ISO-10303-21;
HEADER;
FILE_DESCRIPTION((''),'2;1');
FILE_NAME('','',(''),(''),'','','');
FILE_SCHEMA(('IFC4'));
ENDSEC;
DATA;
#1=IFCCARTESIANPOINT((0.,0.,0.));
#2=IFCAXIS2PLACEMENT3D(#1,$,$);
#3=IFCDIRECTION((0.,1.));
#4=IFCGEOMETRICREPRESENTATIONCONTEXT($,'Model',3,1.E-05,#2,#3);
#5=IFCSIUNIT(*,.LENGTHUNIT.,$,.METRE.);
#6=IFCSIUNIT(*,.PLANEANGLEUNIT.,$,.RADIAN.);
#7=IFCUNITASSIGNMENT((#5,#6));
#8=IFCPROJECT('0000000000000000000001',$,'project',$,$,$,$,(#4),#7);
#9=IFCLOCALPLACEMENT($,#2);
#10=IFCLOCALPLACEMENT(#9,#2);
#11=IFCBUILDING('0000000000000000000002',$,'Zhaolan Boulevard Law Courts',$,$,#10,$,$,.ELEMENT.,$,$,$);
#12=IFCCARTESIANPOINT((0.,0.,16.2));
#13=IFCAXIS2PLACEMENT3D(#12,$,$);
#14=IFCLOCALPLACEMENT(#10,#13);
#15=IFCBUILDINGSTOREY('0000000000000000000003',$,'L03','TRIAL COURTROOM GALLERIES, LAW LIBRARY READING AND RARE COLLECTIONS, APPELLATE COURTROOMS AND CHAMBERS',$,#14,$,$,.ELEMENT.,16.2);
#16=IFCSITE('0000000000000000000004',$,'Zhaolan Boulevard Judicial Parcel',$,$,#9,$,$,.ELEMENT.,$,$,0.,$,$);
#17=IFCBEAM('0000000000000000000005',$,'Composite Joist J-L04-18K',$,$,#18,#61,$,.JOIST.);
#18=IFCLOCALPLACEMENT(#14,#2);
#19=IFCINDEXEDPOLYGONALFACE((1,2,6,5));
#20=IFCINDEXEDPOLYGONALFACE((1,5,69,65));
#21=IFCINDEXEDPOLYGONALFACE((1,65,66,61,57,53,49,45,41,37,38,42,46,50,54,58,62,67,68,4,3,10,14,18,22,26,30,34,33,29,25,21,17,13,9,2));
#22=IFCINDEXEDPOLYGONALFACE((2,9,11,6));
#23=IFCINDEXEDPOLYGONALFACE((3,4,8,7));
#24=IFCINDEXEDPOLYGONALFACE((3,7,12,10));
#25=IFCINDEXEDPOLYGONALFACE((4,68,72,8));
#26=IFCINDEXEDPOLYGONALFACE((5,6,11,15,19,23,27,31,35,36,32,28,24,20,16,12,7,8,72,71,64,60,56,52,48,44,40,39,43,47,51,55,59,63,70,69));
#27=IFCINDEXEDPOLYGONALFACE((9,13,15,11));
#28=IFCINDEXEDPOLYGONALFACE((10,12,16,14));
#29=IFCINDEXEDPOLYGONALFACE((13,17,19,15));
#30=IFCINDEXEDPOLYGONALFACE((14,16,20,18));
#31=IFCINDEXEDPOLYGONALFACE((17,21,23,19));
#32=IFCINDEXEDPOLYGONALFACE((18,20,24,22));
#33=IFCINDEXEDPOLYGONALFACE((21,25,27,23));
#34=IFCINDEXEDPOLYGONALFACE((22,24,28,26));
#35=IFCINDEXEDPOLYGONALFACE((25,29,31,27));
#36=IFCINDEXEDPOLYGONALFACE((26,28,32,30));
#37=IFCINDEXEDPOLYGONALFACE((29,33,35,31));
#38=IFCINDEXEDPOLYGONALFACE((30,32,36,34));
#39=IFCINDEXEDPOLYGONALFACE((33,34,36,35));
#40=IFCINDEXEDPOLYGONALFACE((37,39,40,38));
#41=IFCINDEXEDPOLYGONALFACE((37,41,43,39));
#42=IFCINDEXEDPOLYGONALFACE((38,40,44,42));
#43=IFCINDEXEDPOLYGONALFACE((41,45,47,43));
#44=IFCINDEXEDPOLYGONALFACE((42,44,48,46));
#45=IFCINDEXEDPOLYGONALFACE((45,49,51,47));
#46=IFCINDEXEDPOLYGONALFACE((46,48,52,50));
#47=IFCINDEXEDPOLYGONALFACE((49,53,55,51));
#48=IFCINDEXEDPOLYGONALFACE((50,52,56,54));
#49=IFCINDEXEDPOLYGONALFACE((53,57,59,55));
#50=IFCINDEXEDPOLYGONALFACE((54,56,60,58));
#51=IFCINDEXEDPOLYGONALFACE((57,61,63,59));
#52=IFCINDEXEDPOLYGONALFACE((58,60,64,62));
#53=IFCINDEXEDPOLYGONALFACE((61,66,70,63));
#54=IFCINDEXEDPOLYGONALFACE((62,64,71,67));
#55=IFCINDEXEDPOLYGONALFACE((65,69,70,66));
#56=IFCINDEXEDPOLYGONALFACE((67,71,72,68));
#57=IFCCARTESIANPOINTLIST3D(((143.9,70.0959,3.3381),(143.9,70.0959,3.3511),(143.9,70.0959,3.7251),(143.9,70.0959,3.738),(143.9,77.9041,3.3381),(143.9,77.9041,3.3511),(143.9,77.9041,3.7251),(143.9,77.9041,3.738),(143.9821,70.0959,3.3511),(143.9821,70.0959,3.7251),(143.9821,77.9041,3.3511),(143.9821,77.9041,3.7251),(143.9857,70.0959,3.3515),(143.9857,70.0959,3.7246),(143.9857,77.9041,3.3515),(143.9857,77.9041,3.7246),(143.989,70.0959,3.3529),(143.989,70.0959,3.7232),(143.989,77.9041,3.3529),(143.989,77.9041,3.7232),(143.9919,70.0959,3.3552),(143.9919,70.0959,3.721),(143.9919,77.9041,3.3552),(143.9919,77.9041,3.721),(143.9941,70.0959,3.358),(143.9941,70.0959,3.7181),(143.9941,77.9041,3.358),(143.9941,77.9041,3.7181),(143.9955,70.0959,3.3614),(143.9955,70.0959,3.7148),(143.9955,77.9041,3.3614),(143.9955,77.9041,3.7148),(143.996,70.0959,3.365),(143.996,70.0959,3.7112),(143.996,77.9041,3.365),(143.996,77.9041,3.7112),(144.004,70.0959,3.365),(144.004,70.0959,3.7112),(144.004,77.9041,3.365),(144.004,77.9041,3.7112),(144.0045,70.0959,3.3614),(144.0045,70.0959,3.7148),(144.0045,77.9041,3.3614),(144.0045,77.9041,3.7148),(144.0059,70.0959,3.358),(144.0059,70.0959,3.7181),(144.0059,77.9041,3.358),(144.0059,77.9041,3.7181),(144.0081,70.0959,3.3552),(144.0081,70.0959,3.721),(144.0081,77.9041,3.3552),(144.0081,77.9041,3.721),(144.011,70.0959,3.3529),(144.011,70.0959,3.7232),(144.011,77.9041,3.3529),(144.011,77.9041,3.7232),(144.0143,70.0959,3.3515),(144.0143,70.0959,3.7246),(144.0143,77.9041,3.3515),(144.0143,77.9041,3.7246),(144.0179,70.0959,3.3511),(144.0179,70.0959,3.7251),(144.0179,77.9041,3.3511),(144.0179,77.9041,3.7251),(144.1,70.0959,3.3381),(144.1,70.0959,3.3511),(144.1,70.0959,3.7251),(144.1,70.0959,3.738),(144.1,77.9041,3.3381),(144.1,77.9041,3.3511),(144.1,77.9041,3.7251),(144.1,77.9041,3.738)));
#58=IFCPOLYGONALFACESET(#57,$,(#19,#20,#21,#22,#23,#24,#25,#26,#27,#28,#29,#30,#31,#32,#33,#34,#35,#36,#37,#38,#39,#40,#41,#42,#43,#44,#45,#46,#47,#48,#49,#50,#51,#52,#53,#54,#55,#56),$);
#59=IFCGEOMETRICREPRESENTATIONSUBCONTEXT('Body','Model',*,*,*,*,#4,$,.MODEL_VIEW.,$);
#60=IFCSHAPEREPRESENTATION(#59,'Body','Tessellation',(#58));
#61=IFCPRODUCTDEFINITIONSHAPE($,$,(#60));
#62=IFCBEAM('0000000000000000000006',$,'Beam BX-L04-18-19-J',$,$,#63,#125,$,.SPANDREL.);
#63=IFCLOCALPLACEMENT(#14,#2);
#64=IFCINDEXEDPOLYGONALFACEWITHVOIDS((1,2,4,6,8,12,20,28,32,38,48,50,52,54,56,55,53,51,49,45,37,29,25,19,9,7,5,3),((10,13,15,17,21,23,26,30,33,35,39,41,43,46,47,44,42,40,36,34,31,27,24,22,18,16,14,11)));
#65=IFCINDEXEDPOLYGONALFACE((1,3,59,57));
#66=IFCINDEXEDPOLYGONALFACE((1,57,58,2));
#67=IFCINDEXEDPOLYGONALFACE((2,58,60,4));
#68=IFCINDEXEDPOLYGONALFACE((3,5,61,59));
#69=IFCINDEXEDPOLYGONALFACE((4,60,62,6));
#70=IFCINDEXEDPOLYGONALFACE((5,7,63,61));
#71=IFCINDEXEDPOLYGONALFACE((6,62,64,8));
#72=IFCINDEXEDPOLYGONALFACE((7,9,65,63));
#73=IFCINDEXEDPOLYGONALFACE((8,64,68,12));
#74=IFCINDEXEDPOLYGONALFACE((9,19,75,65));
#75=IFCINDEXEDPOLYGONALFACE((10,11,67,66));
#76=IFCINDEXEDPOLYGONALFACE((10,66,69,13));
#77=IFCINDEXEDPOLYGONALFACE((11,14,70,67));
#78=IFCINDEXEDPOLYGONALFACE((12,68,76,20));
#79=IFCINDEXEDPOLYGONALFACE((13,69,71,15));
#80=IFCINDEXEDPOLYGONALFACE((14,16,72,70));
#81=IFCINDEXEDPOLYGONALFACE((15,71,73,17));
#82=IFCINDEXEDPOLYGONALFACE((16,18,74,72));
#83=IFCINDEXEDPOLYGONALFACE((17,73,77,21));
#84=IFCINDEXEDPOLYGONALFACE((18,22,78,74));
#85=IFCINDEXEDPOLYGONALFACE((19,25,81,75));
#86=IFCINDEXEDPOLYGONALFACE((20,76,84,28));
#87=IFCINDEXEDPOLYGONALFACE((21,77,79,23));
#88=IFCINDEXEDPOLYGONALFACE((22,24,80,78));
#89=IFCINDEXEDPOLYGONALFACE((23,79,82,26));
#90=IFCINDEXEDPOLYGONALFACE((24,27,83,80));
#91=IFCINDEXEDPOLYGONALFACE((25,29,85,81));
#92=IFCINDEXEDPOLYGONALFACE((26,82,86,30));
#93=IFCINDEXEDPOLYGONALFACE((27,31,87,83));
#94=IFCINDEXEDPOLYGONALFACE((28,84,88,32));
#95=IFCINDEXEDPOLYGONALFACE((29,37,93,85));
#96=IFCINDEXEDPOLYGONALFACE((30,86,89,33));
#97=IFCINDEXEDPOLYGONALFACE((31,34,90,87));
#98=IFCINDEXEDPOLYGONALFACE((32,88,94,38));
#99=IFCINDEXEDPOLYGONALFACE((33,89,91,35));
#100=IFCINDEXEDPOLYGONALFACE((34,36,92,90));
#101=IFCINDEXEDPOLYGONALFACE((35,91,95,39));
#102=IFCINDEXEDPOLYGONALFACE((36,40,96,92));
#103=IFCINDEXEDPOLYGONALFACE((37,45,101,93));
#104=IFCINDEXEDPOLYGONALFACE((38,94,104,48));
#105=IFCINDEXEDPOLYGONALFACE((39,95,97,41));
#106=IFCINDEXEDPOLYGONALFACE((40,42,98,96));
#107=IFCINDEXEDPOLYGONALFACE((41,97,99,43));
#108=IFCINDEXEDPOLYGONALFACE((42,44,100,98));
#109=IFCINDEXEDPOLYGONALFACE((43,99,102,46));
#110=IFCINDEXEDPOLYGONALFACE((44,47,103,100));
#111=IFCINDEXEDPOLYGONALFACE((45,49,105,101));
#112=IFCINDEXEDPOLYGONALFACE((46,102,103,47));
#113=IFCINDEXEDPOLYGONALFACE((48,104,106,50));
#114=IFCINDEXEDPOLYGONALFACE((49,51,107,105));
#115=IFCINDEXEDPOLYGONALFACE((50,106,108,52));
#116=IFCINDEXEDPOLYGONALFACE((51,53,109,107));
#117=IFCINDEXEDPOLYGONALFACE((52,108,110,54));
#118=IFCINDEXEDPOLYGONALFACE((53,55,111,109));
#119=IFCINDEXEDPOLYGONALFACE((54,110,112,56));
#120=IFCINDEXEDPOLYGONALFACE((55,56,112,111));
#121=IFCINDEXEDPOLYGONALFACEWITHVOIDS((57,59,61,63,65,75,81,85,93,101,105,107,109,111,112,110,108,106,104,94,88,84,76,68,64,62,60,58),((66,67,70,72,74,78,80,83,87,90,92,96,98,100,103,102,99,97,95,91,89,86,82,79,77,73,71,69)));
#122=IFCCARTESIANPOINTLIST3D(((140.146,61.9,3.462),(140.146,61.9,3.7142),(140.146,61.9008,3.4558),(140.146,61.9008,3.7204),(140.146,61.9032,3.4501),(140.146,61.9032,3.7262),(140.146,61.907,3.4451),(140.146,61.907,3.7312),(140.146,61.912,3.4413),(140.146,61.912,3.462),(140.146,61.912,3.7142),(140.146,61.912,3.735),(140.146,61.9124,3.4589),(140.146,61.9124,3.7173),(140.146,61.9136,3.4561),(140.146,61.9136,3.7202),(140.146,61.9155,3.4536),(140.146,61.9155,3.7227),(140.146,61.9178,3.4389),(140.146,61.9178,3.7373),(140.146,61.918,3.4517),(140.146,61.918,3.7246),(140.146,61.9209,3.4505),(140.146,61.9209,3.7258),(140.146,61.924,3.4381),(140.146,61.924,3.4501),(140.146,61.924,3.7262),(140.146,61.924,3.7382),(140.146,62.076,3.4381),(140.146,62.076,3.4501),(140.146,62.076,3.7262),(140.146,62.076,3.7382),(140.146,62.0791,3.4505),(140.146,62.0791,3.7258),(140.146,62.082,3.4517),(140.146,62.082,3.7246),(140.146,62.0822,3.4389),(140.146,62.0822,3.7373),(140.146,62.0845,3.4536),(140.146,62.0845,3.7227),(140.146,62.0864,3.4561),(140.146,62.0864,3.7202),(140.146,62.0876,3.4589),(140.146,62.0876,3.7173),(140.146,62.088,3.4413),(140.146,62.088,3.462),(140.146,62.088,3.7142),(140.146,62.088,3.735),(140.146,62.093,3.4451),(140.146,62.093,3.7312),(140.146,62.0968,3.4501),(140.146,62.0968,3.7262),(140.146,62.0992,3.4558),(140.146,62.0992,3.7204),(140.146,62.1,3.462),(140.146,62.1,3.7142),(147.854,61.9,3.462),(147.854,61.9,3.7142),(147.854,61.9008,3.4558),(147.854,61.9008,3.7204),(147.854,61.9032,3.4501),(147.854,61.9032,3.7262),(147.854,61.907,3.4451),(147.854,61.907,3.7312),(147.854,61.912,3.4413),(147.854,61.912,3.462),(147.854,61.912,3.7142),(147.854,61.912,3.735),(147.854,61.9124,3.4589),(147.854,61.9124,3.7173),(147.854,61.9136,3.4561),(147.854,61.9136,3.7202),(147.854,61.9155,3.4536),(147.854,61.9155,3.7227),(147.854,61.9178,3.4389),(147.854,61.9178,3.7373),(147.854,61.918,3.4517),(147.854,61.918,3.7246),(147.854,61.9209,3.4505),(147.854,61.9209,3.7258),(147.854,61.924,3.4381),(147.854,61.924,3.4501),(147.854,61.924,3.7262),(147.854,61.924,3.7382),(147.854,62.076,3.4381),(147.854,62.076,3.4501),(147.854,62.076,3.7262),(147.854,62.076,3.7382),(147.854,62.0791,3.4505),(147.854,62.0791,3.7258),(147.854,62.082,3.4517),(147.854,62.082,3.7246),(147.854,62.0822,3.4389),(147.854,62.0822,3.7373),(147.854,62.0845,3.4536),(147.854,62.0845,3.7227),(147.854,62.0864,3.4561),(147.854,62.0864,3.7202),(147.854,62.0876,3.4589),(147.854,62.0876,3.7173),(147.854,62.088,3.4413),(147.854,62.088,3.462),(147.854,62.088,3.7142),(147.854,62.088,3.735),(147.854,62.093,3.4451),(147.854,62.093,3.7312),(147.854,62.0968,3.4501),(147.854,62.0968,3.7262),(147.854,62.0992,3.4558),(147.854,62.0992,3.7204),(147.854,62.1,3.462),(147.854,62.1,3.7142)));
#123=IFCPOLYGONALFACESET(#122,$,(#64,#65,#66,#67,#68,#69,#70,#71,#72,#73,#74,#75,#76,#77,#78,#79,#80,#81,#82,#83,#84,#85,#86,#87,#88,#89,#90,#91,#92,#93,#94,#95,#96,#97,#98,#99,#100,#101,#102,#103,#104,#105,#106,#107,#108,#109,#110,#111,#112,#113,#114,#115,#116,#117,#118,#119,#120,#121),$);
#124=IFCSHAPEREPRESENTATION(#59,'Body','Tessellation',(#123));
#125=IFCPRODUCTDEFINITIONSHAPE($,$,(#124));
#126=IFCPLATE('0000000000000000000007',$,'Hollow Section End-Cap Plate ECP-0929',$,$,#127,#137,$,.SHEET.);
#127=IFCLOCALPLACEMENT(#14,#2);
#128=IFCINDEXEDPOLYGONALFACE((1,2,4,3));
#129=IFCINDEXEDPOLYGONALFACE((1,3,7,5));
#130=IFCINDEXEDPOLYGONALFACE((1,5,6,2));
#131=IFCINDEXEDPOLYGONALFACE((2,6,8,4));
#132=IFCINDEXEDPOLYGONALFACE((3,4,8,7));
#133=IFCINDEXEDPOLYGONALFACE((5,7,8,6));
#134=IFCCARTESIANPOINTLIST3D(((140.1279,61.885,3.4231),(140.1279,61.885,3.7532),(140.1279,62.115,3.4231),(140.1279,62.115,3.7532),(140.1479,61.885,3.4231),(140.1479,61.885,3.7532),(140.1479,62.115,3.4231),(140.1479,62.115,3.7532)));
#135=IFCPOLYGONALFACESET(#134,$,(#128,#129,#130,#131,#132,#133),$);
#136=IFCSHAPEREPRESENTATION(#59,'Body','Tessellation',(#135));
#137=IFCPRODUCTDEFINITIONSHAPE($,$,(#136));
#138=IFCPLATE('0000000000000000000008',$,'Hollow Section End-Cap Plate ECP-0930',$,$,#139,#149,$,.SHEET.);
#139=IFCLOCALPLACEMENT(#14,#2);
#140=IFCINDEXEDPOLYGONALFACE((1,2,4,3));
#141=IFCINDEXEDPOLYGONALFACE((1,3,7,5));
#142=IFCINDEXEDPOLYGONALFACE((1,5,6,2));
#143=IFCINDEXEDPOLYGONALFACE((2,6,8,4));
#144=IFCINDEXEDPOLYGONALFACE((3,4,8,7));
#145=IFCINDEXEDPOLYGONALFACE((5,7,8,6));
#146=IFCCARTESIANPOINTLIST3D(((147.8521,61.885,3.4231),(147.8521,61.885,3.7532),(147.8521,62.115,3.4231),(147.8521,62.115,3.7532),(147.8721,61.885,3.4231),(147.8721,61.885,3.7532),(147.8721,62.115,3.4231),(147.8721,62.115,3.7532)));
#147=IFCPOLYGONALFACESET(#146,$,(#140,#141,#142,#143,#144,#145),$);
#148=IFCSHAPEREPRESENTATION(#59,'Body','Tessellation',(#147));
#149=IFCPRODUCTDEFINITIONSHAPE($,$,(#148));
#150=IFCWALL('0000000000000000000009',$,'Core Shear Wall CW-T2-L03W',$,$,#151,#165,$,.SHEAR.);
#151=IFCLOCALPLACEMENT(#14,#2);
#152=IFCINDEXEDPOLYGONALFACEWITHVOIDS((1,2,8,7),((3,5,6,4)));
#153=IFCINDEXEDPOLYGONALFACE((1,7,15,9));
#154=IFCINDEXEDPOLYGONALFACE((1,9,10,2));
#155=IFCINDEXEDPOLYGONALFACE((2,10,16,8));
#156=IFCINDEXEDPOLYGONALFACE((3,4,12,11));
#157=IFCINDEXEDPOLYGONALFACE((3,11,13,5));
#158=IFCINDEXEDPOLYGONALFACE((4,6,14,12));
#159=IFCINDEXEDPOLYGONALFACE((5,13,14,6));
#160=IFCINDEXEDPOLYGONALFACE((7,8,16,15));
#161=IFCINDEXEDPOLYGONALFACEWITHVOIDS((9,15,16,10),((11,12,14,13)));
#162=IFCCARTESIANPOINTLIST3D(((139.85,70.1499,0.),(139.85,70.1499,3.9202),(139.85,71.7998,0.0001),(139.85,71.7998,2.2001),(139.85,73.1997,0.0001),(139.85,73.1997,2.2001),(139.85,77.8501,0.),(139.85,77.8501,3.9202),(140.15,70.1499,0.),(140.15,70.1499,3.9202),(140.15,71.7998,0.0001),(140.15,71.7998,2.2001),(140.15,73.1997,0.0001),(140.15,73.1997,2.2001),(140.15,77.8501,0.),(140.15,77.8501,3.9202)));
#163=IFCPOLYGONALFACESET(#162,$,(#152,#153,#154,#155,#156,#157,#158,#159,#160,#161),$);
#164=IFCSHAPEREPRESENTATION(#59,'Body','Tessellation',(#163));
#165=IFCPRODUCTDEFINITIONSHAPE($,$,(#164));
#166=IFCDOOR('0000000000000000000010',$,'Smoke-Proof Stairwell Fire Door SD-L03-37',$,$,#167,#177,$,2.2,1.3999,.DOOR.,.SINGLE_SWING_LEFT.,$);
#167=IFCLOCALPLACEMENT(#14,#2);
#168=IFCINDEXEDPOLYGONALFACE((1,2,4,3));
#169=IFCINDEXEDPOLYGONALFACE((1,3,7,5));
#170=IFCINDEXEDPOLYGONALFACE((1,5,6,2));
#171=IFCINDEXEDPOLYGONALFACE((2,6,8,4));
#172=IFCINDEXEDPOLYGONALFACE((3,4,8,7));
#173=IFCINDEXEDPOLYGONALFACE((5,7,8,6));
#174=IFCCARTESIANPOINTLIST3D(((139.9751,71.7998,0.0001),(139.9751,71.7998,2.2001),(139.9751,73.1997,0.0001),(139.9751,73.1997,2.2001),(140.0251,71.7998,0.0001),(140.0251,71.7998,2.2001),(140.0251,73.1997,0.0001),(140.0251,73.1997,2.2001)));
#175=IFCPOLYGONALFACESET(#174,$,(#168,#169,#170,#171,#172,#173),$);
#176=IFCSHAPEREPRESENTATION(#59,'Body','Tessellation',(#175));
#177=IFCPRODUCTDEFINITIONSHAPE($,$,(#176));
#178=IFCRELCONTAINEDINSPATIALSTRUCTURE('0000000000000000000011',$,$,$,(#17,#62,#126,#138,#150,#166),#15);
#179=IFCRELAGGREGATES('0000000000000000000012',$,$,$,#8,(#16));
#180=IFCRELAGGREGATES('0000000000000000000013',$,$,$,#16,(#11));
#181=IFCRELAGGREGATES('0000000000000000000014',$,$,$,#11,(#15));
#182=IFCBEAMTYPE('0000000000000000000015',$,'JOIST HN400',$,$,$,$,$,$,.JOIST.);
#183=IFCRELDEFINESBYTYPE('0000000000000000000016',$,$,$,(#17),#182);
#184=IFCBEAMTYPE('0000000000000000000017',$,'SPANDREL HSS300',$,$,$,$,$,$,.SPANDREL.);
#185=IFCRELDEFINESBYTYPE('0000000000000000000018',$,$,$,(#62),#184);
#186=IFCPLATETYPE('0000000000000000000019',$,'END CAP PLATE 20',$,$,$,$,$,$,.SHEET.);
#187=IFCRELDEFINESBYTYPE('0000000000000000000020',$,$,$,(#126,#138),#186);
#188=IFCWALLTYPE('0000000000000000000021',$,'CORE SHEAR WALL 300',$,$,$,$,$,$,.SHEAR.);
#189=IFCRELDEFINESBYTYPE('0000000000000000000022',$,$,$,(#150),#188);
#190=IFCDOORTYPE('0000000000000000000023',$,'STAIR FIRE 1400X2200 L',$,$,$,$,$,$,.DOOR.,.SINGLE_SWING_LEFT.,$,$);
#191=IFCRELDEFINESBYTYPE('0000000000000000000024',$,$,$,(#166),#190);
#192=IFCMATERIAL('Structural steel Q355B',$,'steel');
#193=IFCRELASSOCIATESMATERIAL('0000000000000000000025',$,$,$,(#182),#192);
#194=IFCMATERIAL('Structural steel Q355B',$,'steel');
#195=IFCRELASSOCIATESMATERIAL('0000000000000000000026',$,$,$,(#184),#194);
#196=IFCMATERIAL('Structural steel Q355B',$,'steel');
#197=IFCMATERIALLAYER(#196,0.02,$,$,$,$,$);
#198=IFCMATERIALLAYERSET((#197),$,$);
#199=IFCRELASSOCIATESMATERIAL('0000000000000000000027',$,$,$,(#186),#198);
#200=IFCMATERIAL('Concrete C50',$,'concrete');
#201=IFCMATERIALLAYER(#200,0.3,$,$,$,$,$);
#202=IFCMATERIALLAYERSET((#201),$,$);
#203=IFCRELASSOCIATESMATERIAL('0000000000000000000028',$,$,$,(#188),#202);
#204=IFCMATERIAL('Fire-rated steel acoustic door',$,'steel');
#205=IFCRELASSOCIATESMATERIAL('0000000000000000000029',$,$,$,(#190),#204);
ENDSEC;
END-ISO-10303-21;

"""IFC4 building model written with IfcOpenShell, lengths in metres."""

from ifc_helpers import new_model, si_unit, direction, frame, frame_2d, origin, origin_2d, place, context, subcontext, project, spatial, rectangle, hollow_rectangle, i_section, extrude, material, layer, layer_set, material_profile, profile_set, type_object, element, fill, save


model = new_model("IFC4")

# Units and contexts
model_context = context("Model", 3, precision=1e-05, world=origin(), true_north=direction((0.0, 1.0)))
body_context = subcontext(model_context, "Body", "Model", "MODEL_VIEW")
ifc_project = project(units=[si_unit("LENGTHUNIT", "METRE"), si_unit("PLANEANGLEUNIT", "RADIAN")], contexts=[model_context])

# Site, building, storey
site_placement = place(None, origin())
site = spatial("IfcSite", under=ifc_project, at=site_placement, Name="Zhaolan Boulevard Judicial Parcel", CompositionType="ELEMENT", RefElevation=0.0)
building_placement = place(site_placement, origin())
building = spatial("IfcBuilding", under=site, at=building_placement, Name="Zhaolan Boulevard Law Courts", CompositionType="ELEMENT")
storey_placement = place(building_placement, frame((0.0, 0.0, 16.2)))
storey = spatial("IfcBuildingStorey", under=building, at=storey_placement, Name="L03", Description="TRIAL COURTROOM GALLERIES, LAW LIBRARY READING AND RARE COLLECTIONS, APPELLATE COURTROOMS AND CHAMBERS", CompositionType="ELEMENT", Elevation=16.2)

# Beams
ifc_material_1 = material(Name="Structural steel Q355B", Category="steel")
ifc_material_profile_1 = material_profile(ifc_material_1, i_section(OverallWidth=0.2, OverallDepth=0.3999, WebThickness=0.0081, FlangeThickness=0.0129, FilletRadius=0.0139, at=origin_2d()), Name="HN400x200")
ifc_profile_set_1 = profile_set([ifc_material_profile_1], Name="Structural steel Q355B")
beam_type_1 = type_object("IfcBeamType", Name="JOIST HN400", PredefinedType="JOIST", material=ifc_profile_set_1)
beam_1_placement = place(storey_placement, frame((144.0, 70.0959, 3.5381), z_axis=(0.0, 1.0, 0.0), x_axis=(-1.0, 0.0, 0.0)))
element("IfcBeam", 1, at=beam_1_placement, inside=storey, type_object=beam_type_1, Name="Composite Joist J-L04-18K", PredefinedType="JOIST", context=body_context, shape_type="SweptSolid", body=[
    extrude(i_section(OverallWidth=0.2, OverallDepth=0.3999, WebThickness=0.0081, FlangeThickness=0.0129, FilletRadius=0.0139, at=origin_2d()), origin(), (0.0, 0.0, 1.0), 7.8081),
])
ifc_material_2 = material(Name="Structural steel Q355B", Category="steel")
ifc_material_profile_2 = material_profile(ifc_material_2, hollow_rectangle(XDim=0.2, YDim=0.3, WallThickness=0.012, InnerFilletRadius=0.012, OuterFilletRadius=0.0239, at=origin_2d()), Name="HSS300x200x12")
ifc_profile_set_2 = profile_set([ifc_material_profile_2], Name="Structural steel Q355B")
beam_type_2 = type_object("IfcBeamType", Name="SPANDREL HSS300", PredefinedType="SPANDREL", material=ifc_profile_set_2)
beam_2_placement = place(storey_placement, frame((140.146, 62.0, 3.5881), z_axis=(1.0, 0.0, 0.0), x_axis=(0.0, 1.0, 0.0)))
element("IfcBeam", 2, at=beam_2_placement, inside=storey, type_object=beam_type_2, Name="Beam BX-L04-18-19-J", PredefinedType="SPANDREL", context=body_context, shape_type="SweptSolid", body=[
    extrude(hollow_rectangle(XDim=0.2, YDim=0.3, WallThickness=0.012, InnerFilletRadius=0.012, OuterFilletRadius=0.0239, at=origin_2d()), origin(), (0.0, 0.0, 1.0), 7.708),
])

# Plates
ifc_material_3 = material(Name="Structural steel Q355B", Category="steel")
ifc_layer_1 = layer(ifc_material_3, 0.02)
ifc_layer_set_1 = layer_set([ifc_layer_1])
plate_type = type_object("IfcPlateType", Name="END CAP PLATE 20", PredefinedType="SHEET", material=ifc_layer_set_1)
for number, where, z_axis, x_axis, name in (
    (3, (140.1379, 62.0, 3.4231), (0.0, 0.0, 1.0), (1.0, 0.0, 0.0), "Hollow Section End-Cap Plate ECP-0929"),
    (4, (147.8621, 62.0, 3.4231), (0.0, 0.0, 1.0), (1.0, 0.0, 0.0), "Hollow Section End-Cap Plate ECP-0930"),
):
    element("IfcPlate", number, at=place(storey_placement, frame(where, z_axis=z_axis, x_axis=x_axis)), inside=storey, type_object=plate_type, Name=name, PredefinedType="SHEET", context=body_context, shape_type="SweptSolid", body=[
        extrude(rectangle(XDim=0.02, YDim=0.23, at=origin_2d()), origin(), (0.0, 0.0, 1.0), 0.3301),
    ])

# Wall, opening, door
ifc_material_4 = material(Name="Concrete C50", Category="concrete")
ifc_layer_2 = layer(ifc_material_4, 0.3)
ifc_layer_set_2 = layer_set([ifc_layer_2])
wall_type_1 = type_object("IfcWallType", Name="CORE SHEAR WALL 300", PredefinedType="SHEAR", material=ifc_layer_set_2)
wall_1_placement = place(storey_placement, frame((140.0, 70.1499, 0.0), z_axis=(0.0, 0.0, 1.0), x_axis=(0.0, 1.0, 0.0)))
wall_1 = element("IfcWall", 5, at=wall_1_placement, inside=storey, type_object=wall_type_1, Name="Core Shear Wall CW-T2-L03W", PredefinedType="SHEAR", context=body_context, shape_type="SweptSolid", body=[
    extrude(rectangle(XDim=7.7002, YDim=0.3, at=frame_2d((3.8501, 0.0))), origin(), (0.0, 0.0, 1.0), 3.9202),
])
opening_1_placement = place(wall_1_placement, frame((1.6499, 0.0, 0.0)))
opening_1 = element("IfcOpeningElement", 6, at=opening_1_placement, cuts=wall_1, PredefinedType="OPENING", context=body_context, shape_type="SweptSolid", body=[
    extrude(rectangle(XDim=1.3999, YDim=2.2, at=frame_2d((0.7, 1.1001))), frame((0.0, 0.1599, 0.0), z_axis=(0.0, -1.0, 0.0), x_axis=(1.0, 0.0, 0.0)), (0.0, 0.0, 1.0), 0.3201),
])
ifc_material_5 = material(Name="Fire-rated steel acoustic door", Category="steel")
door_type = type_object("IfcDoorType", Name="STAIR FIRE 1400X2200 L", OperationType="SINGLE_SWING_LEFT", PredefinedType="DOOR", material=ifc_material_5)
door_placement = place(opening_1_placement, origin())
door = element("IfcDoor", 7, at=door_placement, inside=storey, type_object=door_type, Name="Smoke-Proof Stairwell Fire Door SD-L03-37", OperationType="SINGLE_SWING_LEFT", OverallHeight=2.2, OverallWidth=1.3999, PredefinedType="DOOR", context=body_context, shape_type="SweptSolid", body=[
    extrude(rectangle(XDim=1.3999, YDim=2.2, at=frame_2d((0.7, 1.1001))), frame((0.0, 0.0249, 0.0), z_axis=(0.0, -1.0, 0.0), x_axis=(1.0, 0.0, 0.0)), (0.0, 0.0, 1.0), 0.05),
])
fill(opening_1, door)

save(model, "model.ifc")
